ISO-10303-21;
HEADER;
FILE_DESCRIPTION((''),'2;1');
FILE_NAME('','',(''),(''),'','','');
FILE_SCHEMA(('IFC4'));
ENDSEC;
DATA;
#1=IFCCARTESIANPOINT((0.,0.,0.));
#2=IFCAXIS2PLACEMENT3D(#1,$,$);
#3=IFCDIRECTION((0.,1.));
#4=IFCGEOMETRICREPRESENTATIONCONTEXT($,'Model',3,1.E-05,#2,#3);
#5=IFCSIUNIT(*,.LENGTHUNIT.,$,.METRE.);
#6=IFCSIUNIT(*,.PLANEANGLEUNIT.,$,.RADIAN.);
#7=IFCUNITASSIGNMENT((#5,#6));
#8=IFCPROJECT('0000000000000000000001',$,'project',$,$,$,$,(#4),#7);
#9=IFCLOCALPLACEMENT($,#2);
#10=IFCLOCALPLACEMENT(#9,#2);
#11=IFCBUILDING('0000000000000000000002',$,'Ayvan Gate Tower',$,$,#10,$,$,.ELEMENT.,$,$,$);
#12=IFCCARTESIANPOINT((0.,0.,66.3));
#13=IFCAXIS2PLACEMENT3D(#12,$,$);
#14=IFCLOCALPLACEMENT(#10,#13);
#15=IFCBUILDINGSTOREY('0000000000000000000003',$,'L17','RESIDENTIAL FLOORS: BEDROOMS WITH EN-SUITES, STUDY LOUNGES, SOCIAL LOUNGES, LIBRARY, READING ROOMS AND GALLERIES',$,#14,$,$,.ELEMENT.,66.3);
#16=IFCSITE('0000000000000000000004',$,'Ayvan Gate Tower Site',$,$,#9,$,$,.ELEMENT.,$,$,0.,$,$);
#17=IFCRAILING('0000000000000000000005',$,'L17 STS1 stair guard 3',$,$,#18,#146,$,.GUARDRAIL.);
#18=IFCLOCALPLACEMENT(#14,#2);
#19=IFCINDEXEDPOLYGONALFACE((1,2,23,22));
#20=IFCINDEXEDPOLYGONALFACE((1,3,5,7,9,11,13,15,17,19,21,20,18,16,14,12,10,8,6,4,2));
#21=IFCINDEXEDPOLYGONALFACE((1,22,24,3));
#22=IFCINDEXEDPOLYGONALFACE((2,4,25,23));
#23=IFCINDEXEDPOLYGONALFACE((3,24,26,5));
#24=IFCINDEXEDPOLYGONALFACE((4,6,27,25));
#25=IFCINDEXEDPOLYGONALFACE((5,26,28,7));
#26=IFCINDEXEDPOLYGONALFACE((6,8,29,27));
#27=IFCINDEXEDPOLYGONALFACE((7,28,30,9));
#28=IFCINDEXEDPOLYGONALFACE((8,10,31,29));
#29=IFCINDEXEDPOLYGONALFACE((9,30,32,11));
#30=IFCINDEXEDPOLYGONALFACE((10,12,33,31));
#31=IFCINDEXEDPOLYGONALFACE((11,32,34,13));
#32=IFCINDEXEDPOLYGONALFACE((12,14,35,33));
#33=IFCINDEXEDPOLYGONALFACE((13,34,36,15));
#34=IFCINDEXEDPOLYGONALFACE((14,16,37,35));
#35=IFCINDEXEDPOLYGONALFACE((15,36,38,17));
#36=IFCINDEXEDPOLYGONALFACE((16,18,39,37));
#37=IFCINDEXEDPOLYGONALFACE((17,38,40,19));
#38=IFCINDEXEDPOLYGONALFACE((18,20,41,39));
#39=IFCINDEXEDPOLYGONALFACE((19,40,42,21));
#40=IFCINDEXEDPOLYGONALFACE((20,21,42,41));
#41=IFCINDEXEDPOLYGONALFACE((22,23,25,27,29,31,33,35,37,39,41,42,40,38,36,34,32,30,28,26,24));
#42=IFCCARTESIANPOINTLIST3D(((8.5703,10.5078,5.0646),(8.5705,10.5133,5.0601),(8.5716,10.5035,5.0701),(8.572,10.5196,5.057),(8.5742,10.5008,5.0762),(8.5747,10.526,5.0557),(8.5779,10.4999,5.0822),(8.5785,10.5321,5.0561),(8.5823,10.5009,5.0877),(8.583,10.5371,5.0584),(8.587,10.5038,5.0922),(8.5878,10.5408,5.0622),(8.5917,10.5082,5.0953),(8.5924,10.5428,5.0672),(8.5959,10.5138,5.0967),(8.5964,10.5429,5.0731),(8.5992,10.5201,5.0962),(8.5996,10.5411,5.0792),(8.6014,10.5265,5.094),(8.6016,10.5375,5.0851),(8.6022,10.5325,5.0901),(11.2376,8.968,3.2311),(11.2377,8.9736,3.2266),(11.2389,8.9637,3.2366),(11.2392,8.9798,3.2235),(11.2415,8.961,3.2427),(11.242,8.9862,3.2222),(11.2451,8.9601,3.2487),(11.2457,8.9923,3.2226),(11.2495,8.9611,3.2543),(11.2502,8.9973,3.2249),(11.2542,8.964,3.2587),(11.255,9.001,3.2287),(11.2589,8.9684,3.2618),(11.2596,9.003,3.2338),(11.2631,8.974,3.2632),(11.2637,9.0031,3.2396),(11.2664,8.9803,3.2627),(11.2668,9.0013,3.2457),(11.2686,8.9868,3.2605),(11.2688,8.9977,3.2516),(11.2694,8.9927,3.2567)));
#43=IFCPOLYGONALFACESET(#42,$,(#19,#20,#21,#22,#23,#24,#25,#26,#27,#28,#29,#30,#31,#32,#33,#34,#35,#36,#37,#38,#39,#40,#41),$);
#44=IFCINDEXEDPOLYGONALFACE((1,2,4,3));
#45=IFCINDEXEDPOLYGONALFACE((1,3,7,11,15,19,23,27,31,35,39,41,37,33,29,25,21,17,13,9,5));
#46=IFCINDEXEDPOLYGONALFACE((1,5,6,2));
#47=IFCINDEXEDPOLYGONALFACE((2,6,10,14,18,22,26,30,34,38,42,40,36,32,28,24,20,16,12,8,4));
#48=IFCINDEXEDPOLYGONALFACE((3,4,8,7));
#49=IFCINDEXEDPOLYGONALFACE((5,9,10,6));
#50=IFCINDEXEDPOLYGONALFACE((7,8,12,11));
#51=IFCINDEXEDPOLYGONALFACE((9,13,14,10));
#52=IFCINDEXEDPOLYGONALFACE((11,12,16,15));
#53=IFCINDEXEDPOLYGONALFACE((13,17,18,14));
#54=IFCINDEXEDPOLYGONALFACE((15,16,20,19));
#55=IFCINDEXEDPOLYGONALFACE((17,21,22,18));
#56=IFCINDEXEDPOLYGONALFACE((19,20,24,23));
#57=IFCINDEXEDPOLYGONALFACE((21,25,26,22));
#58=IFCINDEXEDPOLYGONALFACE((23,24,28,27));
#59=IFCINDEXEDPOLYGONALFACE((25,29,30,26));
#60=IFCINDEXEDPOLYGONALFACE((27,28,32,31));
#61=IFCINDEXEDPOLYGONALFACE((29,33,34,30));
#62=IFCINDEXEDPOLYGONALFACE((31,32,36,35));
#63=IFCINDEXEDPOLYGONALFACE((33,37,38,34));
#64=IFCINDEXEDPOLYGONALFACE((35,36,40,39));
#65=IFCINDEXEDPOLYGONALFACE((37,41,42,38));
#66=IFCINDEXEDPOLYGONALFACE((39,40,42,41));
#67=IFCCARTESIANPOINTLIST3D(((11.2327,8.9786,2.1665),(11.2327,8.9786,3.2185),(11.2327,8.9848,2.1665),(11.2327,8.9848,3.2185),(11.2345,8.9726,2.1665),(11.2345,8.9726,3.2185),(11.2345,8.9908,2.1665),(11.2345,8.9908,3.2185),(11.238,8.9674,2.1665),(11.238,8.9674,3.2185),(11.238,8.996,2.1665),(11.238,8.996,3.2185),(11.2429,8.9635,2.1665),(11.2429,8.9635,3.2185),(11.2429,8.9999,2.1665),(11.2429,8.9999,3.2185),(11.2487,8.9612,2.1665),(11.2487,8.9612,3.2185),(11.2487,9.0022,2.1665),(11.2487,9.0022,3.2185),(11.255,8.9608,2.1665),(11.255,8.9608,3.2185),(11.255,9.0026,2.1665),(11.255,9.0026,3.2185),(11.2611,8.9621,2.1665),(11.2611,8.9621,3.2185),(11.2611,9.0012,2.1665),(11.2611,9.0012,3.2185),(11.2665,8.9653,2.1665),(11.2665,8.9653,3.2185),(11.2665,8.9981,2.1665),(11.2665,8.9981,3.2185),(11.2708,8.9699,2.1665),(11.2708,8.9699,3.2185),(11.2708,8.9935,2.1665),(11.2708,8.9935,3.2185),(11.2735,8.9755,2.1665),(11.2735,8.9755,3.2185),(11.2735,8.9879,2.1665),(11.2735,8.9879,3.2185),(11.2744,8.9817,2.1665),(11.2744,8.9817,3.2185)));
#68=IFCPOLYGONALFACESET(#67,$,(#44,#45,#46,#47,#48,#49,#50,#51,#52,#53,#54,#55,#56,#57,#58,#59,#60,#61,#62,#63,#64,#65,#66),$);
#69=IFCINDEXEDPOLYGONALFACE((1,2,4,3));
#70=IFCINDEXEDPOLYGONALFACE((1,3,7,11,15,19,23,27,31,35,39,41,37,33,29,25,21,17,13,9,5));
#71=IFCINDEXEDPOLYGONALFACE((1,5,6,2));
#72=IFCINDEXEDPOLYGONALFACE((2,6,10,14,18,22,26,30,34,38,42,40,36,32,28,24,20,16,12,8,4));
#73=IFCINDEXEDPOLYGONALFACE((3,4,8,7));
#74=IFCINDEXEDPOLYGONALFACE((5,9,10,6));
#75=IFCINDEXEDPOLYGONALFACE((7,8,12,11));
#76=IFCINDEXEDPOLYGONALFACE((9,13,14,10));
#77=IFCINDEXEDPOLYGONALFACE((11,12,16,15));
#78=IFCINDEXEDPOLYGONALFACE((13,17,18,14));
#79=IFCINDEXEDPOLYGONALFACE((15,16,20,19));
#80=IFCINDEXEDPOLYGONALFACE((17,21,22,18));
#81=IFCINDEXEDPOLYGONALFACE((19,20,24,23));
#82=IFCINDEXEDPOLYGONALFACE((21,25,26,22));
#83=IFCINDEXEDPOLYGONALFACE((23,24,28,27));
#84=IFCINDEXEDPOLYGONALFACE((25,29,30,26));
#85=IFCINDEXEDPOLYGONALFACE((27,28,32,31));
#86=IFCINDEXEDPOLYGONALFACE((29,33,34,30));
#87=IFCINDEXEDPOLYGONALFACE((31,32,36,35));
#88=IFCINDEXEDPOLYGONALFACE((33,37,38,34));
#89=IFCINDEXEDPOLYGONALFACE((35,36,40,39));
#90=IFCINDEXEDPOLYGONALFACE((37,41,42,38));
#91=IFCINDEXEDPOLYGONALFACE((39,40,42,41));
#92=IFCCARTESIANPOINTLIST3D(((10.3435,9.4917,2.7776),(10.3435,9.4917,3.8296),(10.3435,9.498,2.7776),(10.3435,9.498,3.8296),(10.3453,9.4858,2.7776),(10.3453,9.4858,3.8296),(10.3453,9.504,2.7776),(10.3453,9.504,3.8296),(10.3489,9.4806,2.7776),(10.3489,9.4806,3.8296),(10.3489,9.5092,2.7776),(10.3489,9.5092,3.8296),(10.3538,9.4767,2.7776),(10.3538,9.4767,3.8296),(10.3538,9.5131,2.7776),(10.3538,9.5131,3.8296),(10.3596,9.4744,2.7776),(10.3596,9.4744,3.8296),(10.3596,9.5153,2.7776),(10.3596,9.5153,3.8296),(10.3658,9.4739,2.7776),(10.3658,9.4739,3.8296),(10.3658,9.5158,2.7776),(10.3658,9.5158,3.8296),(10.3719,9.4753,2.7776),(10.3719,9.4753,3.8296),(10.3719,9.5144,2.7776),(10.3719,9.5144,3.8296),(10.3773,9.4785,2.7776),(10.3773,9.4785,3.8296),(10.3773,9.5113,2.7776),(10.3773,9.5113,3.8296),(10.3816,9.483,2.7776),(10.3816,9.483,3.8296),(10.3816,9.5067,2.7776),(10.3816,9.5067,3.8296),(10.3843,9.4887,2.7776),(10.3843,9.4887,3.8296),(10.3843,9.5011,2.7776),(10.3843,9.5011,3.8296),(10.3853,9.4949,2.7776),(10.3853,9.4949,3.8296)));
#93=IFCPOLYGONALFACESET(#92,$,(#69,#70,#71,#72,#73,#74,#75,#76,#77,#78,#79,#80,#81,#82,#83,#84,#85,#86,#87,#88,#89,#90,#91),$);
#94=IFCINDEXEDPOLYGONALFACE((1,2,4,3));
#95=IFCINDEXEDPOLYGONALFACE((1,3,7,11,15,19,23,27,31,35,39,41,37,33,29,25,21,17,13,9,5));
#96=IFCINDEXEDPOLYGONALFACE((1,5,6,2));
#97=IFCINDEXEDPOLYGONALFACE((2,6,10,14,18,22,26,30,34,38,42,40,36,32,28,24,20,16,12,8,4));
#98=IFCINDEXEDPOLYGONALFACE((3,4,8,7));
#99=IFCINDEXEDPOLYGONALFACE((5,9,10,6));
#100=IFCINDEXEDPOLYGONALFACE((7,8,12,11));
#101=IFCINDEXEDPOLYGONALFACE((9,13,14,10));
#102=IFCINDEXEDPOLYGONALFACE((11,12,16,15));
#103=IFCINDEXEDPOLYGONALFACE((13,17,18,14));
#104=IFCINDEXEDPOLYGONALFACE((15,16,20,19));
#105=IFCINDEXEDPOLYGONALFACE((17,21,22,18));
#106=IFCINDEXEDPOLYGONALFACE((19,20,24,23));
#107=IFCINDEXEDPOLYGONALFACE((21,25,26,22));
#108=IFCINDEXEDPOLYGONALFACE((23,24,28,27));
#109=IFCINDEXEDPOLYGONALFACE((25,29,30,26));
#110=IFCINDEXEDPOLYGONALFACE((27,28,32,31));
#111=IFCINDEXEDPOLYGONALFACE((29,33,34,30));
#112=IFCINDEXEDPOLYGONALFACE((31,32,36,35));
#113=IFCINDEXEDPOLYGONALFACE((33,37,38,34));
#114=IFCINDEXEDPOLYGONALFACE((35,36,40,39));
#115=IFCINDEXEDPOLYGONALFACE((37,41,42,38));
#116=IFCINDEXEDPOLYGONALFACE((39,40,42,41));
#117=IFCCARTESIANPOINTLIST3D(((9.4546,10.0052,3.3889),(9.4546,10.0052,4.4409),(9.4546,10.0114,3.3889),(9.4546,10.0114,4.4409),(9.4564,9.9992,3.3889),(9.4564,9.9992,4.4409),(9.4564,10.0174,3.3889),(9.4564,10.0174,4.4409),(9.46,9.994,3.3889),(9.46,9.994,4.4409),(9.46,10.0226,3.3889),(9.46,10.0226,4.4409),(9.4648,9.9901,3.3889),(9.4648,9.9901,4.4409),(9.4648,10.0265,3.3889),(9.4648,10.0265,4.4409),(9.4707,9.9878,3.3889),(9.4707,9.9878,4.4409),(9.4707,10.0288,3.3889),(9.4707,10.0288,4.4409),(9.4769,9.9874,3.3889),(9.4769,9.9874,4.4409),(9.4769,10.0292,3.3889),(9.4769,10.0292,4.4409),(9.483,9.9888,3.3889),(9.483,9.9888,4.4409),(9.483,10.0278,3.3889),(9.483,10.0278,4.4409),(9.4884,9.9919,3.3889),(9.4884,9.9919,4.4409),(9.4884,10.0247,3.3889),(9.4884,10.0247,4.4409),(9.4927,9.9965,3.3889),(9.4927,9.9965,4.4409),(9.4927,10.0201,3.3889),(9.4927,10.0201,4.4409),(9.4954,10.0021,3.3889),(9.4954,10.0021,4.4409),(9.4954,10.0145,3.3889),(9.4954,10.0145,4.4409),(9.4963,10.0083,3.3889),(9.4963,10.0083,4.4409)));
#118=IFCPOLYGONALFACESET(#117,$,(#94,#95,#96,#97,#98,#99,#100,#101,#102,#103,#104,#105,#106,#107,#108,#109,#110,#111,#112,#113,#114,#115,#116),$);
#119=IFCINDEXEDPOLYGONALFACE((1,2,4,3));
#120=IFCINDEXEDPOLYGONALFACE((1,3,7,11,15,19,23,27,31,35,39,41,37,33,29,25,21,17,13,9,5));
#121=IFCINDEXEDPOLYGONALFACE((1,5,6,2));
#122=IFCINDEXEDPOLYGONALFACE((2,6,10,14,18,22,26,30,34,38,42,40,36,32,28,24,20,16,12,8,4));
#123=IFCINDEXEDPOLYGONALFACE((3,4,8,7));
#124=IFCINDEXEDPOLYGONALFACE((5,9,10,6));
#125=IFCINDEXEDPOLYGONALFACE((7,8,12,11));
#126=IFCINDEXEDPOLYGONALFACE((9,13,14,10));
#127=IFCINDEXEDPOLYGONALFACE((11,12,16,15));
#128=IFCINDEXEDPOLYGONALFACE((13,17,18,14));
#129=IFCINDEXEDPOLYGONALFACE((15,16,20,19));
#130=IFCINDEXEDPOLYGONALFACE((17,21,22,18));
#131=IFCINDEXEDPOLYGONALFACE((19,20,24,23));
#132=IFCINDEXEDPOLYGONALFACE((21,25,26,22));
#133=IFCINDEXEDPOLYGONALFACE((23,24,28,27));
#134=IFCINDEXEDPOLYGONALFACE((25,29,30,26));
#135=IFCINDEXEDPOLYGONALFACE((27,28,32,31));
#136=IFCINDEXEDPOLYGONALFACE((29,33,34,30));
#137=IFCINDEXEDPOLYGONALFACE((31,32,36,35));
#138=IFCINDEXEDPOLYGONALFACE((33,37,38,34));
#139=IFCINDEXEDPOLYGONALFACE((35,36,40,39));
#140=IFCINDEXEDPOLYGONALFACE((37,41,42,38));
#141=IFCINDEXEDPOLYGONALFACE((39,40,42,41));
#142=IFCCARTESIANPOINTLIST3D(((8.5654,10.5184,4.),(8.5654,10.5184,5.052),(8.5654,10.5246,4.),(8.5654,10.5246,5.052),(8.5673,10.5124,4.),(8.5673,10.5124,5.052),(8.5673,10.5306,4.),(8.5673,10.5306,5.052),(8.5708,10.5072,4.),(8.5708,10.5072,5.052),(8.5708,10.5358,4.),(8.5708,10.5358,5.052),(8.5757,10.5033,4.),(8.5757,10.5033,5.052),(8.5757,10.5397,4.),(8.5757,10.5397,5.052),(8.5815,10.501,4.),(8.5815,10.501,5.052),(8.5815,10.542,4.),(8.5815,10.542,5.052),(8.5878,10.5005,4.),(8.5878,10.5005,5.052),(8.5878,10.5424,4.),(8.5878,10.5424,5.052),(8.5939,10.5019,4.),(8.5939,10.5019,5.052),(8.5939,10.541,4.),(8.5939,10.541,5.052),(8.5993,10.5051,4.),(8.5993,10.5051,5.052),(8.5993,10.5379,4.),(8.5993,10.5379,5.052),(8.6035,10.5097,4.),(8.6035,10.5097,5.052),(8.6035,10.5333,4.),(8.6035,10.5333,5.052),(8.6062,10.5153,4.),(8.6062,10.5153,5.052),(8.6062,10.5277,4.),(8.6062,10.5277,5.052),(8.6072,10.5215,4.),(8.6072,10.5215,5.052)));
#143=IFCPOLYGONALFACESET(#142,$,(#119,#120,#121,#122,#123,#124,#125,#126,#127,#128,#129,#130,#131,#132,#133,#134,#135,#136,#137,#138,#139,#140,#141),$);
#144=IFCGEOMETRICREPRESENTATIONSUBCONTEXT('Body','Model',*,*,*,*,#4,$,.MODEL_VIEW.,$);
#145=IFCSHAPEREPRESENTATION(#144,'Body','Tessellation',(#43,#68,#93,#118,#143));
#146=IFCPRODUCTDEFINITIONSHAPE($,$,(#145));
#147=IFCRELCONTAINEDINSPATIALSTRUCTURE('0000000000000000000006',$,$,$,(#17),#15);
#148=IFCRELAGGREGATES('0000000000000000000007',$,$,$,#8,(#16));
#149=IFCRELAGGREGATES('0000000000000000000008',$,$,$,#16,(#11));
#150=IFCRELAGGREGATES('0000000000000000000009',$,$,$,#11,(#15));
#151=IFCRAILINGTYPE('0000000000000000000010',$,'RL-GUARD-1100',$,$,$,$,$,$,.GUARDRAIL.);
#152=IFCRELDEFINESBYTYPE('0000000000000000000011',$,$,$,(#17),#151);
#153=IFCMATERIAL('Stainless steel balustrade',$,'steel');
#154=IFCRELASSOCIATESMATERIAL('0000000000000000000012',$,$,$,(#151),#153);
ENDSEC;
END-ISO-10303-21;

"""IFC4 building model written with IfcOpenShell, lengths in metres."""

from ifc_helpers import new_model, si_unit, direction, frame, origin, origin_2d, place, context, subcontext, project, spatial, circle, extrude, material, type_object, element, save


model = new_model("IFC4")

# Units and contexts
model_context = context("Model", 3, precision=1e-05, world=origin(), true_north=direction((0.0, 1.0)))
body_context = subcontext(model_context, "Body", "Model", "MODEL_VIEW")
ifc_project = project(units=[si_unit("LENGTHUNIT", "METRE"), si_unit("PLANEANGLEUNIT", "RADIAN")], contexts=[model_context])

# Site, building, storey
site_placement = place(None, origin())
site = spatial("IfcSite", under=ifc_project, at=site_placement, Name="Ayvan Gate Tower Site", CompositionType="ELEMENT", RefElevation=0.0)
building_placement = place(site_placement, origin())
building = spatial("IfcBuilding", under=site, at=building_placement, Name="Ayvan Gate Tower", CompositionType="ELEMENT")
storey_placement = place(building_placement, frame((0.0, 0.0, 66.3)))
storey = spatial("IfcBuildingStorey", under=building, at=storey_placement, Name="L17", Description="RESIDENTIAL FLOORS: BEDROOMS WITH EN-SUITES, STUDY LOUNGES, SOCIAL LOUNGES, LIBRARY, READING ROOMS AND GALLERIES", CompositionType="ELEMENT", Elevation=66.3)

# Railing
ifc_material_1 = material(Name="Stainless steel balustrade", Category="steel")
railing_type_1 = type_object("IfcRailingType", Name="RL-GUARD-1100", PredefinedType="GUARDRAIL", material=ifc_material_1)
railing_1_placement = place(storey_placement, frame((11.2534, 8.9817, 2.1665)))
element("IfcRailing", 1, at=railing_1_placement, inside=storey, type_object=railing_type_1, Name="L17 STS1 stair guard 3", PredefinedType="GUARDRAIL", context=body_context, shape_type="SweptSolid", body=[
    extrude(circle(Radius=0.0239, at=origin_2d()), frame((0.0, 0.0, 1.0762), z_axis=(-0.744155, 0.429601, 0.511543), x_axis=(-0.499967, -0.866044, 0.0)), (0.0, 0.0, 1.0), 3.5842),
    extrude(circle(Radius=0.021, at=origin_2d()), origin(), (0.0, 0.0, 1.0), 1.052),
    extrude(circle(Radius=0.021, at=origin_2d()), frame((-0.8892, 0.5132, 0.6111)), (0.0, 0.0, 1.0), 1.052),
    extrude(circle(Radius=0.021, at=origin_2d()), frame((-1.7781, 1.0266, 1.2224)), (0.0, 0.0, 1.0), 1.052),
    extrude(circle(Radius=0.021, at=origin_2d()), frame((-2.6672, 1.5398, 1.8335)), (0.0, 0.0, 1.0), 1.052),
])

save(model, "model.ifc")
